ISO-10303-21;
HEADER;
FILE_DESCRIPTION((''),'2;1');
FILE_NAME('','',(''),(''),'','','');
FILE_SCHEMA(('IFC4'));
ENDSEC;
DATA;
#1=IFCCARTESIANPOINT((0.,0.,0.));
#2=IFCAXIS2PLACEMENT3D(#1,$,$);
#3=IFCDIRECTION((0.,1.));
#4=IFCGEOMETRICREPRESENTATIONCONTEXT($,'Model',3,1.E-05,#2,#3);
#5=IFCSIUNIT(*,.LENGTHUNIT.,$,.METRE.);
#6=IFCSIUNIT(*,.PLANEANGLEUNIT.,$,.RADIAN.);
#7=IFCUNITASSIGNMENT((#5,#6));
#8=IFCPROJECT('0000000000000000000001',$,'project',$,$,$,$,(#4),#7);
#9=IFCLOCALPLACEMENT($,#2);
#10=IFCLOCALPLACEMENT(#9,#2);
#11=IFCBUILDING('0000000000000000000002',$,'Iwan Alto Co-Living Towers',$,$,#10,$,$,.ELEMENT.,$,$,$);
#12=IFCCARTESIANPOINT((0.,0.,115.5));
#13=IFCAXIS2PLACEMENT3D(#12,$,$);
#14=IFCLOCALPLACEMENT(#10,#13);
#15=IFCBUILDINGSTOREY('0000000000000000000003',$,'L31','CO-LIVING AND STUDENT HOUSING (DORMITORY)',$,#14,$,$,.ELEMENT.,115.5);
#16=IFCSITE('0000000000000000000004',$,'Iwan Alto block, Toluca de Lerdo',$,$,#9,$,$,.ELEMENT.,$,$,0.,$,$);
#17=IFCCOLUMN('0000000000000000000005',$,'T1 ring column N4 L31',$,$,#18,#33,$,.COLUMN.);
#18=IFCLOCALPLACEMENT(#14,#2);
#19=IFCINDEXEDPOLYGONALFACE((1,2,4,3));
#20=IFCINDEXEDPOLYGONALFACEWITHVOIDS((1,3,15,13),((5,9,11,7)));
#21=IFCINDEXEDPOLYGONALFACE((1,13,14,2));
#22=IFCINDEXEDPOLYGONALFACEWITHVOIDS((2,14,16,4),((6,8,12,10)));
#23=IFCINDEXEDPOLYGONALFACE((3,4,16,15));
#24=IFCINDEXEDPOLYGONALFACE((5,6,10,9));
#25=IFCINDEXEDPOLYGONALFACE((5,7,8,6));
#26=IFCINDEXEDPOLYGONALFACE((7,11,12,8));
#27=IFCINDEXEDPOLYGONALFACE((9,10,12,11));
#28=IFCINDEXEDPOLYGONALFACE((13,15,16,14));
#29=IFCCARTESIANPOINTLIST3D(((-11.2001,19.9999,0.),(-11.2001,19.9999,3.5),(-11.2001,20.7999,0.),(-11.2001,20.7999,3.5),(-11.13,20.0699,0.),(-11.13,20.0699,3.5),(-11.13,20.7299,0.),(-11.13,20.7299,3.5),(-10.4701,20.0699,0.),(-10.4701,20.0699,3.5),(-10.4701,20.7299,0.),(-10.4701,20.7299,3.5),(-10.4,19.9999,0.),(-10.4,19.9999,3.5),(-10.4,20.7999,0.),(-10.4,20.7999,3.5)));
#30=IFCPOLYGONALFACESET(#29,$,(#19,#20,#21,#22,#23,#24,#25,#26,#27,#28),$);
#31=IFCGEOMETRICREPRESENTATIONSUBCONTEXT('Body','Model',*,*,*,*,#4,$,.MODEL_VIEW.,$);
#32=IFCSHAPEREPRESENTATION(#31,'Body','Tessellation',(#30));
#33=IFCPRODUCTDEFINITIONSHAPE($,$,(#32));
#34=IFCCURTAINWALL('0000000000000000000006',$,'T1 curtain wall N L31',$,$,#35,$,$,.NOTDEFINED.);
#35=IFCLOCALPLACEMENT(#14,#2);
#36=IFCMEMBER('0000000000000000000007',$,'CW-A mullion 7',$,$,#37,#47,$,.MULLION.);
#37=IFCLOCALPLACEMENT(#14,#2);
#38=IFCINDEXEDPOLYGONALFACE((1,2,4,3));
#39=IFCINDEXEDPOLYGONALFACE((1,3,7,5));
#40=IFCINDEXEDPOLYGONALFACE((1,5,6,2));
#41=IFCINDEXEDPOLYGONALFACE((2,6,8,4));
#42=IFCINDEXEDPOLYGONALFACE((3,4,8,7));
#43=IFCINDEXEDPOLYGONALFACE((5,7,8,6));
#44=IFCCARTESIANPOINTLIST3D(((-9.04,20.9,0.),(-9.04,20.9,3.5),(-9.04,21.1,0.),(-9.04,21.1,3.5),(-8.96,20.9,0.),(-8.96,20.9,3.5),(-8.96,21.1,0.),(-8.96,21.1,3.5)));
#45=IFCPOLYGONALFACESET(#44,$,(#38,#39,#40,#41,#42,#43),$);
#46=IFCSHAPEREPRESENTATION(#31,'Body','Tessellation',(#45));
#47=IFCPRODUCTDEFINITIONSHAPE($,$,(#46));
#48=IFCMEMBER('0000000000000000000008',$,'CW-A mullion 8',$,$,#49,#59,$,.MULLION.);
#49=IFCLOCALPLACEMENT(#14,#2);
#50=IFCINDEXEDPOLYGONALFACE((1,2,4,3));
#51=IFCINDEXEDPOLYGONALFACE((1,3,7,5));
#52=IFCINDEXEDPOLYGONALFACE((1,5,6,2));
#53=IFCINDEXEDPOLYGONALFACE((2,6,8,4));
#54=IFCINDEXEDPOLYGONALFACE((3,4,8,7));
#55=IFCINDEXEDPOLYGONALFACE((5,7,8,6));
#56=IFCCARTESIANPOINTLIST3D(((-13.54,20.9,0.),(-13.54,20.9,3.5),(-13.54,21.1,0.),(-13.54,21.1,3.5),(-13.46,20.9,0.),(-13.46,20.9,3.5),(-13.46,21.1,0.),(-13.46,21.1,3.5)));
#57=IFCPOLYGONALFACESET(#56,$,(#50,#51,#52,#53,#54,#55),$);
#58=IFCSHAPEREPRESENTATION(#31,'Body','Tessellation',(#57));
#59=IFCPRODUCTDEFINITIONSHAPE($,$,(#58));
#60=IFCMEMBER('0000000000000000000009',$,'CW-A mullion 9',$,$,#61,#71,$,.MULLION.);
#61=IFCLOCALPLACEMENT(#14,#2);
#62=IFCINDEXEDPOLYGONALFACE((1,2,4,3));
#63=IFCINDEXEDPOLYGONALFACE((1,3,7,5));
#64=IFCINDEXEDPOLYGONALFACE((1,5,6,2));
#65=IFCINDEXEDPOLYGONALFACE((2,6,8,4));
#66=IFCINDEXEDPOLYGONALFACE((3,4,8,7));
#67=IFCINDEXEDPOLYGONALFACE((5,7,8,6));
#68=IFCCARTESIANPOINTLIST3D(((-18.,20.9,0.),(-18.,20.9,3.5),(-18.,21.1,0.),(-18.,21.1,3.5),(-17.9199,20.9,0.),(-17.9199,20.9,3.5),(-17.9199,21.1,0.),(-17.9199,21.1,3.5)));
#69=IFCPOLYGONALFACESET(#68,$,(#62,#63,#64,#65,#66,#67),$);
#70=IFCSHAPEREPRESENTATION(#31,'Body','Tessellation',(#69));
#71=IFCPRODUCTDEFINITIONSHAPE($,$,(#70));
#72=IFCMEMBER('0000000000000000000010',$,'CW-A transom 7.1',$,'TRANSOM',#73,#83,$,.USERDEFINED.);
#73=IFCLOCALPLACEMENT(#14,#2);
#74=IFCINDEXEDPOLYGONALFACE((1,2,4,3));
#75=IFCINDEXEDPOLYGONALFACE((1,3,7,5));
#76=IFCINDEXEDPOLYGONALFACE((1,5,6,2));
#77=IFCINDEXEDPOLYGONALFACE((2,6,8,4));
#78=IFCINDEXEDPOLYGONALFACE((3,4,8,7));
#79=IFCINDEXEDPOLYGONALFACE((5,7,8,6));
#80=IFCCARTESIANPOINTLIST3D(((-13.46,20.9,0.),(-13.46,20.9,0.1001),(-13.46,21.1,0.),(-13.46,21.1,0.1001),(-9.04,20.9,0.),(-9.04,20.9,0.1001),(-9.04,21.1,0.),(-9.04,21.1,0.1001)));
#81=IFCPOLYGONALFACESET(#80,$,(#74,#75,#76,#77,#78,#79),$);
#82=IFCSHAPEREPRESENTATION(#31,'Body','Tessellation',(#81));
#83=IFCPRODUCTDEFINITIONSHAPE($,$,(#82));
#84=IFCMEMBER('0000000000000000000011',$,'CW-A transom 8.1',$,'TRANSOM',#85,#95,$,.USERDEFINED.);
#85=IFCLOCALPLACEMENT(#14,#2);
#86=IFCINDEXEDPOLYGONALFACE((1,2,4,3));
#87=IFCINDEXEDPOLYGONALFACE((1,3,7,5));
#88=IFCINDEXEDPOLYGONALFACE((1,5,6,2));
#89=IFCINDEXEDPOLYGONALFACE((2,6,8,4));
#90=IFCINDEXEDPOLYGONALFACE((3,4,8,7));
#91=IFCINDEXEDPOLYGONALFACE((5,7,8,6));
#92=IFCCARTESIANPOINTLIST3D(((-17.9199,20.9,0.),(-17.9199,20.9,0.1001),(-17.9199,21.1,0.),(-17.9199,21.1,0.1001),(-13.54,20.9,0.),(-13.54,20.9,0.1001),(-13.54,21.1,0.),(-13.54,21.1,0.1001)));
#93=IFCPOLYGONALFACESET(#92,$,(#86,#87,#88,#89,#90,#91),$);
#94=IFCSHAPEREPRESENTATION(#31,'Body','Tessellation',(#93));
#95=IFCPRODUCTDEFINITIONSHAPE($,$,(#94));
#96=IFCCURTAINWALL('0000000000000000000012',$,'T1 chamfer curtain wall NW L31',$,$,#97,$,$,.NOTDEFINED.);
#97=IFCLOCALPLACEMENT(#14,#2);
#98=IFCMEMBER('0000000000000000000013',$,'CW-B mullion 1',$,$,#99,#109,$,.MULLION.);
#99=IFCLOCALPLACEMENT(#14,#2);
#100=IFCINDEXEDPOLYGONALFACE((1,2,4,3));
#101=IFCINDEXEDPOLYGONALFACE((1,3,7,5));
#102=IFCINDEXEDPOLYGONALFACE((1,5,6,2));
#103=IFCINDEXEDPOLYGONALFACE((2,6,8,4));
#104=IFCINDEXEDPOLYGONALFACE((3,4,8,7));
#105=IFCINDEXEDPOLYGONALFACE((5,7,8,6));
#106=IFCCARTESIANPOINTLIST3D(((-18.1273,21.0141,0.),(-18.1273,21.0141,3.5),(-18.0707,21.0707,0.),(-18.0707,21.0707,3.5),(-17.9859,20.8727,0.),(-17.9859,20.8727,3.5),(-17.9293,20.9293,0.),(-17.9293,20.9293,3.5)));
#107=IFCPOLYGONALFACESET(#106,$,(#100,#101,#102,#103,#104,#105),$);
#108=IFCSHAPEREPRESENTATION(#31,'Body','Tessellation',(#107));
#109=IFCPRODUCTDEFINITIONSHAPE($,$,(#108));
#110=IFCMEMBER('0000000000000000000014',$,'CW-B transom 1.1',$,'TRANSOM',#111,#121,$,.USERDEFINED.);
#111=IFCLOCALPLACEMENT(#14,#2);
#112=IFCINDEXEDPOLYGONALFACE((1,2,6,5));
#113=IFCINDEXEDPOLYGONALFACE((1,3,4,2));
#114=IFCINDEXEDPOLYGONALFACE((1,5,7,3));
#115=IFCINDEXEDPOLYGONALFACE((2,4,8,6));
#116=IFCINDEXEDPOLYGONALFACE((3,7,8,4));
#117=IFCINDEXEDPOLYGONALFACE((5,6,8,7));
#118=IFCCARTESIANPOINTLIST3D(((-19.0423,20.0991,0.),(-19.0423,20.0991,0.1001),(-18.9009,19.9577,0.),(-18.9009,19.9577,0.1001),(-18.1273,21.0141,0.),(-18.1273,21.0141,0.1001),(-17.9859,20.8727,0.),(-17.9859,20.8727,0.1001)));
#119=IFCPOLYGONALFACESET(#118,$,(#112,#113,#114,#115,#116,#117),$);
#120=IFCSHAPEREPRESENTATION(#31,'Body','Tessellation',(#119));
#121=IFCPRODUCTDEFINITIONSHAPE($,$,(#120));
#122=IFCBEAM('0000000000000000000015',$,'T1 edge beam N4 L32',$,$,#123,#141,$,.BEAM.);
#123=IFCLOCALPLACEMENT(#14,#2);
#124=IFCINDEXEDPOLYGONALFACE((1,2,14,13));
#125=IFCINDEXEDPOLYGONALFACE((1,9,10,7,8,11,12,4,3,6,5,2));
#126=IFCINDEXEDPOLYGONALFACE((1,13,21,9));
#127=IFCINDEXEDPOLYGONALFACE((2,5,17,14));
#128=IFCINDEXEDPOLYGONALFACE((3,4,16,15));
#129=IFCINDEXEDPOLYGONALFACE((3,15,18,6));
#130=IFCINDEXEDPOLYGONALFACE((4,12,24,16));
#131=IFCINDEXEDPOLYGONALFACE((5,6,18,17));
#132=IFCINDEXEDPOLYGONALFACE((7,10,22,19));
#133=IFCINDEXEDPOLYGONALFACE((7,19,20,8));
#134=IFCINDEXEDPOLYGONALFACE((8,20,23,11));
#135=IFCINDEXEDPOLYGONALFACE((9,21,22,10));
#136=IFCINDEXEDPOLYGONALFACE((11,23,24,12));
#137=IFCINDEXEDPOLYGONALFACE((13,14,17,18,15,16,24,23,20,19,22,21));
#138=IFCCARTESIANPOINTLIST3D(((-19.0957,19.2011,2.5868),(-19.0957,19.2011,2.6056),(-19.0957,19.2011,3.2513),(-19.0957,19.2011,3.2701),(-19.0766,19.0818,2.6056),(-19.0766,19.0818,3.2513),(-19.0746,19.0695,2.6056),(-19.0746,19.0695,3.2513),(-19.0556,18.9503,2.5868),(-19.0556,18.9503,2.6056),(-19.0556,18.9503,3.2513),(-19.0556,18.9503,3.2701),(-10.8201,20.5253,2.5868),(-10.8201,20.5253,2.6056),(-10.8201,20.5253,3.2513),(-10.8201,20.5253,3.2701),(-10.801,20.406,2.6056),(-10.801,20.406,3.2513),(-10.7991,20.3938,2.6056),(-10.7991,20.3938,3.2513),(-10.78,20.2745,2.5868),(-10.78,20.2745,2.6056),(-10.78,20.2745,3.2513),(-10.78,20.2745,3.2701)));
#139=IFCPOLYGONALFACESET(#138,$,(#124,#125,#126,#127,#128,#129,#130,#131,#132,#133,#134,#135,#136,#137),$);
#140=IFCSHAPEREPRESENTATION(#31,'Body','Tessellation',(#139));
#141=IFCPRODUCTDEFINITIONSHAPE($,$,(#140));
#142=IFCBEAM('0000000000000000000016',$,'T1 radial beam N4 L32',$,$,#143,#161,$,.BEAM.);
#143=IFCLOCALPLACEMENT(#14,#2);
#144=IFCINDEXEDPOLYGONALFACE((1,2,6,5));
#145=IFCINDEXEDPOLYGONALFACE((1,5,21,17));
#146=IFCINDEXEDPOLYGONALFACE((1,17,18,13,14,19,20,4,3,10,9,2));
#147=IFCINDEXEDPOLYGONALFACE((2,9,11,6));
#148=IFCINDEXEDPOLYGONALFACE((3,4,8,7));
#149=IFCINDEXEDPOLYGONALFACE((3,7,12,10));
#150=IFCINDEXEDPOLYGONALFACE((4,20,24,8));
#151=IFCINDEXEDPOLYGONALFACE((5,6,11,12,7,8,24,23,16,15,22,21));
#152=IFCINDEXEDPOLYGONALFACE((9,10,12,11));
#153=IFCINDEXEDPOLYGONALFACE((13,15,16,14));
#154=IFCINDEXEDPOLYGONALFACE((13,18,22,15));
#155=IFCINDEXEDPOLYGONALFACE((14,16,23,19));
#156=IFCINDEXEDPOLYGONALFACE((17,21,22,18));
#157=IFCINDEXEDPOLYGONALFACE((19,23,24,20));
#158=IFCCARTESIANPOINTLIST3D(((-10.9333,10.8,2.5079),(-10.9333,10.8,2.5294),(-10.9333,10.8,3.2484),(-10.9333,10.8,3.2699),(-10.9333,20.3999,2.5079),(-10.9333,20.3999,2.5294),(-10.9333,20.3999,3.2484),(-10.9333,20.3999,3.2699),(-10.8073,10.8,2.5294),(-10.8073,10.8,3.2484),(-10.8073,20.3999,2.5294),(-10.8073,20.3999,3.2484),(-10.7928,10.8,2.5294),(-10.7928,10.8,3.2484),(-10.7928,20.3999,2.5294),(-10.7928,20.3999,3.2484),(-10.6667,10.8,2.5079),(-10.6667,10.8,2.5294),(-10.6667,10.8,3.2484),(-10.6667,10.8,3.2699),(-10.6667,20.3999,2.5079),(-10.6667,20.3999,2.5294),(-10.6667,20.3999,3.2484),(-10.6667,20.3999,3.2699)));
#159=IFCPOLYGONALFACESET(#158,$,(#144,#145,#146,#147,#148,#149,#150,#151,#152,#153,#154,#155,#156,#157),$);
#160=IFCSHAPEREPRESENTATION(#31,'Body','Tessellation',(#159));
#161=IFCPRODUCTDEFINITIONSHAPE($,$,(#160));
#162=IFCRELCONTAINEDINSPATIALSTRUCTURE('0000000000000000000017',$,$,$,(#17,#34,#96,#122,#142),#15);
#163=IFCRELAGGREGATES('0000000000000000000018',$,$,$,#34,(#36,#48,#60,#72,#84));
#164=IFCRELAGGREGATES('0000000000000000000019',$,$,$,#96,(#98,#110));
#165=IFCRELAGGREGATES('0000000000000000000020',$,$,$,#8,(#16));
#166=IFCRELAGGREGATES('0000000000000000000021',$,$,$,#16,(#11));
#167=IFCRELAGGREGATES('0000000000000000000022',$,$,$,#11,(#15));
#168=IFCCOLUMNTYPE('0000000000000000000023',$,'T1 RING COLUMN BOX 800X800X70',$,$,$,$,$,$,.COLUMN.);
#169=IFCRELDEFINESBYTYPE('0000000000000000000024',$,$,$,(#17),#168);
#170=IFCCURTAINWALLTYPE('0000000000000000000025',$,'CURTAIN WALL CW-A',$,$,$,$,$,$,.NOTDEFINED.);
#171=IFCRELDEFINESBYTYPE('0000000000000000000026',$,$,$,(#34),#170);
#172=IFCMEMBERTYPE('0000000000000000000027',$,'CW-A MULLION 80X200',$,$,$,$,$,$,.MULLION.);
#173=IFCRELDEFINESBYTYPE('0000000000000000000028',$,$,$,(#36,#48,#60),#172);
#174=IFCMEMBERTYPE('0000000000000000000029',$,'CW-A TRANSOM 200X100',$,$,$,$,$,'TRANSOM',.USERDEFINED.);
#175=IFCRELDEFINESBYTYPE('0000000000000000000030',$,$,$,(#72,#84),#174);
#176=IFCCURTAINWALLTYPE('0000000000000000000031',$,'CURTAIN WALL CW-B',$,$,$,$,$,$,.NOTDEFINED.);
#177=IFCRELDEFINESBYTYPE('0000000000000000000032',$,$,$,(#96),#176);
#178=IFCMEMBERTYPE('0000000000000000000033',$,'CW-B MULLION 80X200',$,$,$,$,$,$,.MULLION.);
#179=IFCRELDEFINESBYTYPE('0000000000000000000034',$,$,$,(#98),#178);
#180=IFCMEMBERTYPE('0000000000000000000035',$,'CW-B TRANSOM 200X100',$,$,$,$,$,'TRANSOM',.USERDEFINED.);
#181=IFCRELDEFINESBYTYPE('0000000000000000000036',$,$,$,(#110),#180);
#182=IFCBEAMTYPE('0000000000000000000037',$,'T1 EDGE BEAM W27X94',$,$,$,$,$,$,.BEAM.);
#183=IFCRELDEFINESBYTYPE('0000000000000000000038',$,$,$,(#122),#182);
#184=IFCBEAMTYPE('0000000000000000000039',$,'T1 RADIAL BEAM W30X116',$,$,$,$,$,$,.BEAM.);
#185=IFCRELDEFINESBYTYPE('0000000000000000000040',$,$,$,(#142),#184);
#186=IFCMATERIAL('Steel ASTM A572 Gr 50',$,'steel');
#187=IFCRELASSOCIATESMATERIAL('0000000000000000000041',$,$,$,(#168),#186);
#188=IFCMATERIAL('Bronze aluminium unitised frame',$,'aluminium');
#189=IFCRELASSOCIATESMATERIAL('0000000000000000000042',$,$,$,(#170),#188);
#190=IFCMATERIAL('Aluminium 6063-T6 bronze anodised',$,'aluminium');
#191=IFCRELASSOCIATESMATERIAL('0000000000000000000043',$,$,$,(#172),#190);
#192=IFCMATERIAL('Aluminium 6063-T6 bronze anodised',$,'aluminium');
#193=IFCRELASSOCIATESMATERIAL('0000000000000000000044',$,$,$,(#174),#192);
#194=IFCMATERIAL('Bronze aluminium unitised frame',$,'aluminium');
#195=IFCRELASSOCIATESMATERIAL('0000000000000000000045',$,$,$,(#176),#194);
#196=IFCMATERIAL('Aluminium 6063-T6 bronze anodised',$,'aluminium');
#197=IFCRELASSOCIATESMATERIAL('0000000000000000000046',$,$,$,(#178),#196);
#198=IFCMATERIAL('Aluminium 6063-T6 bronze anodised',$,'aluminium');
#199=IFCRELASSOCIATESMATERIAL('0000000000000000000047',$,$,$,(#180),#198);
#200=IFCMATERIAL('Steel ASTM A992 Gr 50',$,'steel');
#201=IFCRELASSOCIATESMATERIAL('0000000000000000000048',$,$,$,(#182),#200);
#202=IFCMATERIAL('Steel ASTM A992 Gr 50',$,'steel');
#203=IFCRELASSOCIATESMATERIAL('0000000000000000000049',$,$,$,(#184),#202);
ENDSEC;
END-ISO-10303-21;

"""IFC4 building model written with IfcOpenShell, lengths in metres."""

from ifc_helpers import new_model, si_unit, direction, frame, origin, origin_2d, place, context, subcontext, project, spatial, rectangle, hollow_rectangle, i_section, extrude, material, material_profile, profile_set, type_object, element, aggregate, save


model = new_model("IFC4")

# Units and contexts
model_context = context("Model", 3, precision=1e-05, world=origin(), true_north=direction((0.0, 1.0)))
body_context = subcontext(model_context, "Body", "Model", "MODEL_VIEW")
ifc_project = project(units=[si_unit("LENGTHUNIT", "METRE"), si_unit("PLANEANGLEUNIT", "RADIAN")], contexts=[model_context])

# Site, building, storey
site_placement = place(None, origin())
site = spatial("IfcSite", under=ifc_project, at=site_placement, Name="Iwan Alto block, Toluca de Lerdo", CompositionType="ELEMENT", RefElevation=0.0)
building_placement = place(site_placement, origin())
building = spatial("IfcBuilding", under=site, at=building_placement, Name="Iwan Alto Co-Living Towers", CompositionType="ELEMENT")
storey_placement = place(building_placement, frame((0.0, 0.0, 115.5)))
storey = spatial("IfcBuildingStorey", under=building, at=storey_placement, Name="L31", Description="CO-LIVING AND STUDENT HOUSING (DORMITORY)", CompositionType="ELEMENT", Elevation=115.5)

# Column
ifc_material_1 = material(Name="Steel ASTM A572 Gr 50", Category="steel")
ifc_material_profile_1 = material_profile(ifc_material_1, hollow_rectangle(XDim=0.8, YDim=0.8, WallThickness=0.0701, at=origin_2d()), Name="BOX 800X800X70")
ifc_profile_set_1 = profile_set([ifc_material_profile_1], Name="Steel ASTM A572 Gr 50")
column_type = type_object("IfcColumnType", Name="T1 RING COLUMN BOX 800X800X70", PredefinedType="COLUMN", material=ifc_profile_set_1)
column_placement = place(storey_placement, frame((-10.8, 20.3999, 0.0), z_axis=(0.0, 0.0, 1.0), x_axis=(1.0, 0.0, 0.0)))
element("IfcColumn", 1, at=column_placement, inside=storey, type_object=column_type, Name="T1 ring column N4 L31", PredefinedType="COLUMN", context=body_context, shape_type="SweptSolid", body=[
    extrude(hollow_rectangle(XDim=0.8, YDim=0.8, WallThickness=0.0701, at=origin_2d()), origin(), (0.0, 0.0, 1.0), 3.5),
])

# Curtain walls, members
ifc_material_2 = material(Name="Bronze aluminium unitised frame", Category="aluminium")
curtain_wall_type_1 = type_object("IfcCurtainWallType", Name="CURTAIN WALL CW-A", PredefinedType="NOTDEFINED", material=ifc_material_2)
curtain_wall_1_placement = place(storey_placement, origin())
curtain_wall_1 = element("IfcCurtainWall", 2, at=curtain_wall_1_placement, inside=storey, type_object=curtain_wall_type_1, Name="T1 curtain wall N L31", PredefinedType="NOTDEFINED")
ifc_material_3 = material(Name="Aluminium 6063-T6 bronze anodised", Category="aluminium")
ifc_material_profile_2 = material_profile(ifc_material_3, rectangle(XDim=0.2, YDim=0.0801, at=origin_2d()), Name="AL 80X200")
ifc_profile_set_2 = profile_set([ifc_material_profile_2], Name="Aluminium 6063-T6 bronze anodised")
member_type_1 = type_object("IfcMemberType", Name="CW-A MULLION 80X200", PredefinedType="MULLION", material=ifc_profile_set_2)
member_1_placement = place(storey_placement, frame((-9.0, 21.0, 0.0), z_axis=(0.0, 0.0, 1.0), x_axis=(0.0, -1.0, 0.0)))
member_1 = element("IfcMember", 3, at=member_1_placement, type_object=member_type_1, Name="CW-A mullion 7", PredefinedType="MULLION", context=body_context, shape_type="SweptSolid", body=[
    extrude(rectangle(XDim=0.2, YDim=0.0801, at=origin_2d()), origin(), (0.0, 0.0, 1.0), 3.5),
])
member_2_placement = place(storey_placement, frame((-13.5, 21.0, 0.0), z_axis=(0.0, 0.0, 1.0), x_axis=(0.0, -1.0, 0.0)))
member_2 = element("IfcMember", 4, at=member_2_placement, type_object=member_type_1, Name="CW-A mullion 8", PredefinedType="MULLION", context=body_context, shape_type="SweptSolid", body=[
    extrude(rectangle(XDim=0.2, YDim=0.0801, at=origin_2d()), origin(), (0.0, 0.0, 1.0), 3.5),
])
member_3_placement = place(storey_placement, frame((-17.96, 21.0, 0.0), z_axis=(0.0, 0.0, 1.0), x_axis=(0.0, -1.0, 0.0)))
member_3 = element("IfcMember", 5, at=member_3_placement, type_object=member_type_1, Name="CW-A mullion 9", PredefinedType="MULLION", context=body_context, shape_type="SweptSolid", body=[
    extrude(rectangle(XDim=0.2, YDim=0.0801, at=origin_2d()), origin(), (0.0, 0.0, 1.0), 3.5),
])
ifc_material_4 = material(Name="Aluminium 6063-T6 bronze anodised", Category="aluminium")
ifc_material_profile_3 = material_profile(ifc_material_4, rectangle(XDim=0.2, YDim=0.1001, at=origin_2d()), Name="AL 200X100")
ifc_profile_set_3 = profile_set([ifc_material_profile_3], Name="Aluminium 6063-T6 bronze anodised")
member_type_2 = type_object("IfcMemberType", Name="CW-A TRANSOM 200X100", ElementType="TRANSOM", PredefinedType="USERDEFINED", material=ifc_profile_set_3)
member_4_placement = place(storey_placement, frame((-9.04, 21.0, 0.05), z_axis=(-1.0, 0.0, 0.0), x_axis=(0.0, -1.0, 0.0)))
member_4 = element("IfcMember", 6, at=member_4_placement, type_object=member_type_2, Name="CW-A transom 7.1", ObjectType="TRANSOM", PredefinedType="USERDEFINED", context=body_context, shape_type="SweptSolid", body=[
    extrude(rectangle(XDim=0.2, YDim=0.1001, at=origin_2d()), origin(), (0.0, 0.0, 1.0), 4.4199),
])
member_5_placement = place(storey_placement, frame((-13.54, 21.0, 0.05), z_axis=(-1.0, 0.0, 0.0), x_axis=(0.0, -1.0, 0.0)))
member_5 = element("IfcMember", 7, at=member_5_placement, type_object=member_type_2, Name="CW-A transom 8.1", ObjectType="TRANSOM", PredefinedType="USERDEFINED", context=body_context, shape_type="SweptSolid", body=[
    extrude(rectangle(XDim=0.2, YDim=0.1001, at=origin_2d()), origin(), (0.0, 0.0, 1.0), 4.3799),
])
ifc_material_5 = material(Name="Bronze aluminium unitised frame", Category="aluminium")
curtain_wall_type_2 = type_object("IfcCurtainWallType", Name="CURTAIN WALL CW-B", PredefinedType="NOTDEFINED", material=ifc_material_5)
curtain_wall_2_placement = place(storey_placement, origin())
curtain_wall_2 = element("IfcCurtainWall", 8, at=curtain_wall_2_placement, inside=storey, type_object=curtain_wall_type_2, Name="T1 chamfer curtain wall NW L31", PredefinedType="NOTDEFINED")
ifc_material_6 = material(Name="Aluminium 6063-T6 bronze anodised", Category="aluminium")
ifc_material_profile_4 = material_profile(ifc_material_6, rectangle(XDim=0.2, YDim=0.0801, at=origin_2d()), Name="AL 80X200")
ifc_profile_set_4 = profile_set([ifc_material_profile_4], Name="Aluminium 6063-T6 bronze anodised")
member_type_3 = type_object("IfcMemberType", Name="CW-B MULLION 80X200", PredefinedType="MULLION", material=ifc_profile_set_4)
member_6_placement = place(storey_placement, frame((-18.0283, 20.9717, 0.0), z_axis=(0.0, 0.0, 1.0), x_axis=(0.707107, -0.707107, 0.0)))
member_6 = element("IfcMember", 9, at=member_6_placement, type_object=member_type_3, Name="CW-B mullion 1", PredefinedType="MULLION", context=body_context, shape_type="SweptSolid", body=[
    extrude(rectangle(XDim=0.2, YDim=0.0801, at=origin_2d()), origin(), (0.0, 0.0, 1.0), 3.5),
])
ifc_material_7 = material(Name="Aluminium 6063-T6 bronze anodised", Category="aluminium")
ifc_material_profile_5 = material_profile(ifc_material_7, rectangle(XDim=0.2, YDim=0.1001, at=origin_2d()), Name="AL 200X100")
ifc_profile_set_5 = profile_set([ifc_material_profile_5], Name="Aluminium 6063-T6 bronze anodised")
member_type_4 = type_object("IfcMemberType", Name="CW-B TRANSOM 200X100", ElementType="TRANSOM", PredefinedType="USERDEFINED", material=ifc_profile_set_5)
member_7_placement = place(storey_placement, frame((-18.0566, 20.9434, 0.05), z_axis=(-0.707107, -0.707107, 0.0), x_axis=(0.707107, -0.707107, 0.0)))
member_7 = element("IfcMember", 10, at=member_7_placement, type_object=member_type_4, Name="CW-B transom 1.1", ObjectType="TRANSOM", PredefinedType="USERDEFINED", context=body_context, shape_type="SweptSolid", body=[
    extrude(rectangle(XDim=0.2, YDim=0.1001, at=origin_2d()), origin(), (0.0, 0.0, 1.0), 1.2939),
])

# Beams
ifc_material_8 = material(Name="Steel ASTM A992 Gr 50", Category="steel")
ifc_material_profile_6 = material_profile(ifc_material_8, i_section(OverallWidth=0.2539, OverallDepth=0.6833, WebThickness=0.0125, FlangeThickness=0.0188, at=origin_2d()), Name="W27X94")
ifc_profile_set_6 = profile_set([ifc_material_profile_6], Name="Steel ASTM A992 Gr 50")
beam_type_1 = type_object("IfcBeamType", Name="T1 EDGE BEAM W27X94", PredefinedType="BEAM", material=ifc_profile_set_6)
beam_1_placement = place(storey_placement, frame((-10.8, 20.3999, 2.9285), z_axis=(-0.987438, -0.158004, 0.0), x_axis=(0.158004, -0.987438, 0.0)))
element("IfcBeam", 11, at=beam_1_placement, inside=storey, type_object=beam_type_1, Name="T1 edge beam N4 L32", PredefinedType="BEAM", context=body_context, shape_type="SweptSolid", body=[
    extrude(i_section(OverallWidth=0.2539, OverallDepth=0.6833, WebThickness=0.0125, FlangeThickness=0.0188, at=origin_2d()), origin(), (0.0, 0.0, 1.0), 8.3809),
])
ifc_material_9 = material(Name="Steel ASTM A992 Gr 50", Category="steel")
ifc_material_profile_7 = material_profile(ifc_material_9, i_section(OverallWidth=0.2666, OverallDepth=0.762, WebThickness=0.0144, FlangeThickness=0.0215, at=origin_2d()), Name="W30X116")
ifc_profile_set_7 = profile_set([ifc_material_profile_7], Name="Steel ASTM A992 Gr 50")
beam_type_2 = type_object("IfcBeamType", Name="T1 RADIAL BEAM W30X116", PredefinedType="BEAM", material=ifc_profile_set_7)
beam_2_placement = place(storey_placement, frame((-10.8, 20.3999, 2.8889), z_axis=(0.0, -1.0, 0.0), x_axis=(1.0, 0.0, 0.0)))
element("IfcBeam", 12, at=beam_2_placement, inside=storey, type_object=beam_type_2, Name="T1 radial beam N4 L32", PredefinedType="BEAM", context=body_context, shape_type="SweptSolid", body=[
    extrude(i_section(OverallWidth=0.2666, OverallDepth=0.762, WebThickness=0.0144, FlangeThickness=0.0215, at=origin_2d()), origin(), (0.0, 0.0, 1.0), 9.5999),
])

aggregate(curtain_wall_1, [member_1, member_2, member_3, member_4, member_5])
aggregate(curtain_wall_2, [member_6, member_7])

save(model, "model.ifc")
